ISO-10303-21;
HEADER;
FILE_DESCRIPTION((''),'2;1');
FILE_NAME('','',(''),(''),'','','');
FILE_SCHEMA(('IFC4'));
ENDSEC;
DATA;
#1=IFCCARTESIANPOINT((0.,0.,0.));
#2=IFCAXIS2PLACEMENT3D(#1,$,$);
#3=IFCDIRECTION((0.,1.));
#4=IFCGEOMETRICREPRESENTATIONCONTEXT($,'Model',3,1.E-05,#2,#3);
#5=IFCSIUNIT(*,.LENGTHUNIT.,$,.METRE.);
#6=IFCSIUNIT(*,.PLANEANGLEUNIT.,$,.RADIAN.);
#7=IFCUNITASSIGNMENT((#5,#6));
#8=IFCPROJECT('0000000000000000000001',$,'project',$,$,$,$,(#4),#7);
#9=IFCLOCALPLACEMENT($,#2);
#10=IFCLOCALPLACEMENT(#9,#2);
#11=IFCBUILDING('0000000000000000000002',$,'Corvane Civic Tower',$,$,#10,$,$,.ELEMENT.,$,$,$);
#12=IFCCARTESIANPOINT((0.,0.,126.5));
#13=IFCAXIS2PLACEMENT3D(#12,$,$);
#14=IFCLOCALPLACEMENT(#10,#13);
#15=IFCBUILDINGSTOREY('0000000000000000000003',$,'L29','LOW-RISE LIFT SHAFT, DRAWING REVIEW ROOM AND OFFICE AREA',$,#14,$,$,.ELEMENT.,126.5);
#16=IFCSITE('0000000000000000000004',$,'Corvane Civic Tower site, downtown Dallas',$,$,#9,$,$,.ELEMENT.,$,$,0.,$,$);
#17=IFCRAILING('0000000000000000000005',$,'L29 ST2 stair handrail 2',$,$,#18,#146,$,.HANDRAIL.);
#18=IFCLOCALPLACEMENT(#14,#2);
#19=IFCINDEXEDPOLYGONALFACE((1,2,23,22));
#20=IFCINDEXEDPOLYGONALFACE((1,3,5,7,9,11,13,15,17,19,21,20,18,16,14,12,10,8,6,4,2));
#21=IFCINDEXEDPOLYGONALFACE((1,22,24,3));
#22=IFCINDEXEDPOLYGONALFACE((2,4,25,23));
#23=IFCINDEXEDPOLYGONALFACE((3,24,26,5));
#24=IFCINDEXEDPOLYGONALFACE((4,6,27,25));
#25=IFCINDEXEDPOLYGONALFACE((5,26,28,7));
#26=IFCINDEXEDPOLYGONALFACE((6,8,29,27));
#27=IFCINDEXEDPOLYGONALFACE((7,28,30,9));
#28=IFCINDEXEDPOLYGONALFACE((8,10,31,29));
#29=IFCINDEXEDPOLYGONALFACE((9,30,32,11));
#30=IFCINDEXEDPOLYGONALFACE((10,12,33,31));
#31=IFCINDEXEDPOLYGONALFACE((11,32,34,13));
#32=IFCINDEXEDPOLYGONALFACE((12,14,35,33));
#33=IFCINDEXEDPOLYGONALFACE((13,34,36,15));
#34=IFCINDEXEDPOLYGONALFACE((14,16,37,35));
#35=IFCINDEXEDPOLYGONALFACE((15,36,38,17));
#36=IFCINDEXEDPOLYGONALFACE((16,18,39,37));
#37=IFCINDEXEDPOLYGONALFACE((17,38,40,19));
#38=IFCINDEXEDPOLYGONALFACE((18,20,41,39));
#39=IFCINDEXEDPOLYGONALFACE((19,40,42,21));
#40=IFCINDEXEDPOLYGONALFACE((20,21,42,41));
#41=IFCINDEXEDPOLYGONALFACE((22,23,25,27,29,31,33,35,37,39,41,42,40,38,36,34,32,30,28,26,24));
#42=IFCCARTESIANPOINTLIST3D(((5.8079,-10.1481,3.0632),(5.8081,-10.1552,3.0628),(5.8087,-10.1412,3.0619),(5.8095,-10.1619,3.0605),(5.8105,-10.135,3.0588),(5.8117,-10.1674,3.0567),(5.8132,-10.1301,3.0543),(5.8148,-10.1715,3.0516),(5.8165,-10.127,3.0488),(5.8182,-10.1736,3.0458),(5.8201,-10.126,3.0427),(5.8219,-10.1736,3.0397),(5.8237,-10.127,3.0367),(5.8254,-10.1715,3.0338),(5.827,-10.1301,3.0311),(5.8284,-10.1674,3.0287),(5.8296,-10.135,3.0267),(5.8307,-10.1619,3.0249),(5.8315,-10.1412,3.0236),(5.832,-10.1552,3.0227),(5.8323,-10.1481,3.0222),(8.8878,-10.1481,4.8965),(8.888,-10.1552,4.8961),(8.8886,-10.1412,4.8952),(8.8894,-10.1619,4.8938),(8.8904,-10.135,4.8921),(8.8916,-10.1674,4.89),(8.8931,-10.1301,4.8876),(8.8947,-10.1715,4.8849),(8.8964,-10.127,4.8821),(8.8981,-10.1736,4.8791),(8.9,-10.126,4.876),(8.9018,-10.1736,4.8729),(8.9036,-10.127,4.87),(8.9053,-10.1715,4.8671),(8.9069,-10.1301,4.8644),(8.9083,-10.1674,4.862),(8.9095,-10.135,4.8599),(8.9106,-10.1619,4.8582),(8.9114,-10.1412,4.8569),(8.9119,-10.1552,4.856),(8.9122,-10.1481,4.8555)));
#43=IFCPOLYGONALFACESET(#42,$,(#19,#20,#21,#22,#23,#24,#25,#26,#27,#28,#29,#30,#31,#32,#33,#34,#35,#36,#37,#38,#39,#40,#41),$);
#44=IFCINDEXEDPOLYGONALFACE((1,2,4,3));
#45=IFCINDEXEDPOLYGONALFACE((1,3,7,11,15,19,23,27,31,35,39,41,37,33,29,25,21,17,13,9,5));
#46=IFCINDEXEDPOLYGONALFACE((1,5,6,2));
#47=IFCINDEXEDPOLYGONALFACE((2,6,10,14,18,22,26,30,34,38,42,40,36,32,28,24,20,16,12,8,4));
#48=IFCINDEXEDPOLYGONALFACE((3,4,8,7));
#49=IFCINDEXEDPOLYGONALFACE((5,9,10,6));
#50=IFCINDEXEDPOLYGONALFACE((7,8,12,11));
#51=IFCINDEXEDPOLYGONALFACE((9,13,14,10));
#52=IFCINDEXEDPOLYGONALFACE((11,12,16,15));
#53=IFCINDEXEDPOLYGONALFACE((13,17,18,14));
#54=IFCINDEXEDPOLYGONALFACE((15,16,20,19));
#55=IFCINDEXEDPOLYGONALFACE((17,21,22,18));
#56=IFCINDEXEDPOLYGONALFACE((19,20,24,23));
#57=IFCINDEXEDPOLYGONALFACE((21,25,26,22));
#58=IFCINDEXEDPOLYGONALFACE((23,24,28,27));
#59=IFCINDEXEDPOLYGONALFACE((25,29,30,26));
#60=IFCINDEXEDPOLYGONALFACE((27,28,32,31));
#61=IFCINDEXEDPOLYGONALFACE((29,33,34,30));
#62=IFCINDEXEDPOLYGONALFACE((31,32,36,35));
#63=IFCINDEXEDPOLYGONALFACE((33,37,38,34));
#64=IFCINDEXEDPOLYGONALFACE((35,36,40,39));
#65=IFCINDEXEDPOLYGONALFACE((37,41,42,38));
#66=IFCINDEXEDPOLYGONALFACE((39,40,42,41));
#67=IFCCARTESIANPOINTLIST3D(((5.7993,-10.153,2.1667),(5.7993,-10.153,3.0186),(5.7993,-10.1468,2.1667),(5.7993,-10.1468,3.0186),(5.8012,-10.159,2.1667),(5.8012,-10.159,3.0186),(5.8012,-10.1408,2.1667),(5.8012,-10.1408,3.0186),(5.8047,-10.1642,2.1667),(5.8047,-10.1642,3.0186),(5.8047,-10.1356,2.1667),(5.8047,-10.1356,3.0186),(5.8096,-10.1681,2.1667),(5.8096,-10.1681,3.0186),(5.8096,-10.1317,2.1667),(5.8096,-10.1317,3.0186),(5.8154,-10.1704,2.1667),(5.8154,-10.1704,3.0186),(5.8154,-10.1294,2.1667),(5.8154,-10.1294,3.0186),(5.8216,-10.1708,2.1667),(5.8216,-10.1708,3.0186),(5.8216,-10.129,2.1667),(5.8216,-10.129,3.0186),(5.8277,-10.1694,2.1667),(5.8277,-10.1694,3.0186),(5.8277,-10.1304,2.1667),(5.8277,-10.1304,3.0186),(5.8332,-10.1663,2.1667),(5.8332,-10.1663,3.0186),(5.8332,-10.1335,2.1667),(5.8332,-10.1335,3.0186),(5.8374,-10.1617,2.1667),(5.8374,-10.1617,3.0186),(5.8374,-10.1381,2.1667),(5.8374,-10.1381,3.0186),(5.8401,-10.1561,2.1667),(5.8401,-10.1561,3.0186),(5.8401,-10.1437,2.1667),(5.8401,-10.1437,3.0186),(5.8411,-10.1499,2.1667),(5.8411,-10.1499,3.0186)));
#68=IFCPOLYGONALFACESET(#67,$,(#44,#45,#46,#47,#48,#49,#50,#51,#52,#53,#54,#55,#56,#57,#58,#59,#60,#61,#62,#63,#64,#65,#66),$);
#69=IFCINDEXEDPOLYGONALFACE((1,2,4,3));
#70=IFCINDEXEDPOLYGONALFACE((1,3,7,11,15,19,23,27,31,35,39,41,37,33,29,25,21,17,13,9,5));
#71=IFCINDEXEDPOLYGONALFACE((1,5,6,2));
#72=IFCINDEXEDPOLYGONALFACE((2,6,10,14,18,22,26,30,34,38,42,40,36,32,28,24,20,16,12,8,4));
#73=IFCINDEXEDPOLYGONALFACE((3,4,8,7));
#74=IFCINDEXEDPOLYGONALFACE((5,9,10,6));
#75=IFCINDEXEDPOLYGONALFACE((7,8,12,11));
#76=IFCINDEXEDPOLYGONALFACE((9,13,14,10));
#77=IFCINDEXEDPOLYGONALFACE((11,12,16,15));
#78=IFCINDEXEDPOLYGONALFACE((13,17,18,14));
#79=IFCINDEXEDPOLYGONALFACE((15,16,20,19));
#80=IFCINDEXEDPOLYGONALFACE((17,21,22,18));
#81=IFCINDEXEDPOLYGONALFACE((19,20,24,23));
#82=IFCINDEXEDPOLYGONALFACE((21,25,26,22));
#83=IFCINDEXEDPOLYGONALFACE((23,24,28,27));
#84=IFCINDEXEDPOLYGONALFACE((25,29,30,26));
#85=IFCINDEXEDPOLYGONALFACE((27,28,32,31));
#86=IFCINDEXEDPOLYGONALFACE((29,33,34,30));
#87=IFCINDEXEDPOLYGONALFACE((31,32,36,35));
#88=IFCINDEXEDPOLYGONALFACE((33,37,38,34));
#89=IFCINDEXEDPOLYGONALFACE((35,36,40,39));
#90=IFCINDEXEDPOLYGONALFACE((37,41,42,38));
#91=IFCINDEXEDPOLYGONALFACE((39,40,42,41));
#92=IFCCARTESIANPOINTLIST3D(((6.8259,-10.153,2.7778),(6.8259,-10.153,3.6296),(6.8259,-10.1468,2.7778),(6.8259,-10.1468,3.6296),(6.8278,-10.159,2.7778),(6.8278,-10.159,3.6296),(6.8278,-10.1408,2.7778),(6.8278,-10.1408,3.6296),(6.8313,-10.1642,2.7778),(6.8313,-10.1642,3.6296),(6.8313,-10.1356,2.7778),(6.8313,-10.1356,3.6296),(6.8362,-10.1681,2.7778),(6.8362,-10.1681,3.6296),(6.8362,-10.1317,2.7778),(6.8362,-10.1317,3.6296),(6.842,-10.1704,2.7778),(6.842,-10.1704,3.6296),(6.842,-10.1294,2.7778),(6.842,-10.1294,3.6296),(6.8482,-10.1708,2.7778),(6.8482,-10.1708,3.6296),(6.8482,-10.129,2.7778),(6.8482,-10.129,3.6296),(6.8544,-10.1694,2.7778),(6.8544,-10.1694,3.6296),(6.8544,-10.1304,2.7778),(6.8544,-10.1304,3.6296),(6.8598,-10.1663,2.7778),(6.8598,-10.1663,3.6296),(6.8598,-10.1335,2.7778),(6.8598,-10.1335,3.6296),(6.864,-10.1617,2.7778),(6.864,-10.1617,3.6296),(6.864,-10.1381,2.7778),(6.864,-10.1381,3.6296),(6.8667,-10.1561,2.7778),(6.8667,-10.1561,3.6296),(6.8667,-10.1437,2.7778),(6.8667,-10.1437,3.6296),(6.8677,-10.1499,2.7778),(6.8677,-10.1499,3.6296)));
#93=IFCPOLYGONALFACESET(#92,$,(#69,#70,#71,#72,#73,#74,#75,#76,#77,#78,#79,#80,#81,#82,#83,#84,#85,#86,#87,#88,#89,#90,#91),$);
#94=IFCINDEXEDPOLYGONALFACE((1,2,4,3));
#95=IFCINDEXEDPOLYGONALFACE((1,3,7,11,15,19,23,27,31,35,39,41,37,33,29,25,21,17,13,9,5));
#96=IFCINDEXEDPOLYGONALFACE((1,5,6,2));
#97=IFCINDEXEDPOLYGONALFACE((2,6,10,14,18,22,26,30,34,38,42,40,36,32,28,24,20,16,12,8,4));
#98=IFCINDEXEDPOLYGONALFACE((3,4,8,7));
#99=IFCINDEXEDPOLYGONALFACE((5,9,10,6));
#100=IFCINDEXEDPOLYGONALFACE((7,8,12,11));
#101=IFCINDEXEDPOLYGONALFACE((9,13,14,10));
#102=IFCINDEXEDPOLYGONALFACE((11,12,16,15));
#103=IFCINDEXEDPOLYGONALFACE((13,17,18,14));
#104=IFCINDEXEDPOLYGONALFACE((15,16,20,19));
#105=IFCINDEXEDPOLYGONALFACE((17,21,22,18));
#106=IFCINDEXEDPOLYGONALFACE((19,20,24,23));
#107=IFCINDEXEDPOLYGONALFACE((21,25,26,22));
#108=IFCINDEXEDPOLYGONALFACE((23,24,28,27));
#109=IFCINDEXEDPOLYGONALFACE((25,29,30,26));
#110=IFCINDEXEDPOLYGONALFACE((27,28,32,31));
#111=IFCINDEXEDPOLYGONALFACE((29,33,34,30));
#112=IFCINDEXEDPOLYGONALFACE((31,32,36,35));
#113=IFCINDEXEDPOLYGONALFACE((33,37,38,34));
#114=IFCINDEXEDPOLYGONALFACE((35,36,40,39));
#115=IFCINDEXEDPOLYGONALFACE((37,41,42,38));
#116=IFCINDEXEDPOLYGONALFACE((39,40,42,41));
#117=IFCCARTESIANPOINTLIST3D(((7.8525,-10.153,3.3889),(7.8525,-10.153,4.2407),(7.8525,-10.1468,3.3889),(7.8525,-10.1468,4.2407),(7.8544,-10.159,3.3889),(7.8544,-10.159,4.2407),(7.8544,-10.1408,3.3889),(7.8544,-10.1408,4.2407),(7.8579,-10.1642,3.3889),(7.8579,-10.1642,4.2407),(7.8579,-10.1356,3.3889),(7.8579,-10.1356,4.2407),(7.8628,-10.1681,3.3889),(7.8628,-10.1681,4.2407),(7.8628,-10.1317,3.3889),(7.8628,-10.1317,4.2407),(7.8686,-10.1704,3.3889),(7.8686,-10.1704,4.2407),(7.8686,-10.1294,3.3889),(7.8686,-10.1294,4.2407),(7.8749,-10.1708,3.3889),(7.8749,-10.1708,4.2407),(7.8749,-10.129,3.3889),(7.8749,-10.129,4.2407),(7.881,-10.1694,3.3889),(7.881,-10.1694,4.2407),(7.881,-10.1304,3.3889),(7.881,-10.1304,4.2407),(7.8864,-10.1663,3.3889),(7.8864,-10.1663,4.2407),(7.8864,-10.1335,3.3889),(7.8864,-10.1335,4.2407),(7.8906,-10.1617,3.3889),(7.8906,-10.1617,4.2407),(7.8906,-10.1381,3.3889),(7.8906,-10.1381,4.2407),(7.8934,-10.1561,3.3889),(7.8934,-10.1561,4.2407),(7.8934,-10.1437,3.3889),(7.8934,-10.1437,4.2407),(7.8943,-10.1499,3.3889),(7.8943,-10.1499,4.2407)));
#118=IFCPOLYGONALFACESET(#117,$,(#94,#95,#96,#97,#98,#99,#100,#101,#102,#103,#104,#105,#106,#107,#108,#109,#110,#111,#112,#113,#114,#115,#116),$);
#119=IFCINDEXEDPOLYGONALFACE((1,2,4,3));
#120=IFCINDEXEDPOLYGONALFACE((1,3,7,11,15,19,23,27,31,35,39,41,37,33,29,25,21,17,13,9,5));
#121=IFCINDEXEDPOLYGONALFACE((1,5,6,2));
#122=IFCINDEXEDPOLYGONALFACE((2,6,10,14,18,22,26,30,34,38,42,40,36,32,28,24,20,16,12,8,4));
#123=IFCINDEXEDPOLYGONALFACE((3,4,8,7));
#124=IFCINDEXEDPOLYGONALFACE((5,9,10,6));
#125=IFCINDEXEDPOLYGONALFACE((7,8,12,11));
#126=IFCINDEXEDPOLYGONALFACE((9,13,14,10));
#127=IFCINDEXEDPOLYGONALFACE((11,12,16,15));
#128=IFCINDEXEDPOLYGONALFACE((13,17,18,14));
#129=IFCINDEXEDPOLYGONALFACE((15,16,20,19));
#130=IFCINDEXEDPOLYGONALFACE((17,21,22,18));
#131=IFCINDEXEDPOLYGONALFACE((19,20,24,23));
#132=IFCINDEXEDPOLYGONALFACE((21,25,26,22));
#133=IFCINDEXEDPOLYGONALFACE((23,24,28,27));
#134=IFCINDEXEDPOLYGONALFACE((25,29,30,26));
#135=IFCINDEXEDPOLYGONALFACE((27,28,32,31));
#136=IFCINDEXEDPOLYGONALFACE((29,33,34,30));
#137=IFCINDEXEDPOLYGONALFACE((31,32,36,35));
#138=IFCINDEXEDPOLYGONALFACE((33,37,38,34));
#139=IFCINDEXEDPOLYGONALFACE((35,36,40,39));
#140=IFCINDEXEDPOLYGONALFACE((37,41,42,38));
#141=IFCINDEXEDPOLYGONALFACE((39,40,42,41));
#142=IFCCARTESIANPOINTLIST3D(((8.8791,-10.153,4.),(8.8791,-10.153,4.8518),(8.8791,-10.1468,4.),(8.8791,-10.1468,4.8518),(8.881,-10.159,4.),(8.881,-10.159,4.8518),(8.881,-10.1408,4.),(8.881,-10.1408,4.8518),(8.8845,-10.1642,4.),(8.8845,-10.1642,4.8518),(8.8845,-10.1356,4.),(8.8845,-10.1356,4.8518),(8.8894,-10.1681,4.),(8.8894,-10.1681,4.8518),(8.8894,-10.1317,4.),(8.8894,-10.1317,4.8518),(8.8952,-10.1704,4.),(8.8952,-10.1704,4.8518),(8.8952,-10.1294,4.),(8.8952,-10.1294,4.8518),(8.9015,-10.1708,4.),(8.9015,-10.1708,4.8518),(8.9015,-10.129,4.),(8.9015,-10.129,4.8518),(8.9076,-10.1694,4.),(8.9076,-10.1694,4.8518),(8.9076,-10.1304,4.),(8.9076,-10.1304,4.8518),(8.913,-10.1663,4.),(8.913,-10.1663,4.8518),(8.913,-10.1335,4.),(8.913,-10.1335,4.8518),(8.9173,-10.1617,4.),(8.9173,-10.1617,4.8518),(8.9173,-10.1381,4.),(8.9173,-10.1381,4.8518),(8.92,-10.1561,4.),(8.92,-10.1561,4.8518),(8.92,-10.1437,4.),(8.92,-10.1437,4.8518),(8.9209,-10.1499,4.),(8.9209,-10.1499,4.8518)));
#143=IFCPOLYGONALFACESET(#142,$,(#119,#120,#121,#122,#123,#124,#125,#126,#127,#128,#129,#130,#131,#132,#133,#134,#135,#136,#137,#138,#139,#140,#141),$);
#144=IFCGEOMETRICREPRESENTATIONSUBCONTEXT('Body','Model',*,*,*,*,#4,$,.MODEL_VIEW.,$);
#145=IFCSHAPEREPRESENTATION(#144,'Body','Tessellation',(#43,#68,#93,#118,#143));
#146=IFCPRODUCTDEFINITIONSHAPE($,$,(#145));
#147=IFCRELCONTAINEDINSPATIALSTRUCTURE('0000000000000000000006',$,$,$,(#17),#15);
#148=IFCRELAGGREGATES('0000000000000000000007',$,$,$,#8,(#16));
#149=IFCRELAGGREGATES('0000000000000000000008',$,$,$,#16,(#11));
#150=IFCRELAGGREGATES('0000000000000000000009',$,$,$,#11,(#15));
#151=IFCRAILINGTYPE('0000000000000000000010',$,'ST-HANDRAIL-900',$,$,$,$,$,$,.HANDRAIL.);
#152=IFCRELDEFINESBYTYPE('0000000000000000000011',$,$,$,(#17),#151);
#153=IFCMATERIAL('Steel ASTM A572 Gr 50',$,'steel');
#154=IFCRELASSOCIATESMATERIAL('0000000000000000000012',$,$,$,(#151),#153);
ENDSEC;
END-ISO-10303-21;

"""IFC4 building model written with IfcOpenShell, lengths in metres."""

from ifc_helpers import new_model, si_unit, direction, frame, origin, origin_2d, place, context, subcontext, project, spatial, circle, extrude, material, type_object, element, save


model = new_model("IFC4")

# Units and contexts
model_context = context("Model", 3, precision=1e-05, world=origin(), true_north=direction((0.0, 1.0)))
body_context = subcontext(model_context, "Body", "Model", "MODEL_VIEW")
ifc_project = project(units=[si_unit("LENGTHUNIT", "METRE"), si_unit("PLANEANGLEUNIT", "RADIAN")], contexts=[model_context])

# Site, building, storey
site_placement = place(None, origin())
site = spatial("IfcSite", under=ifc_project, at=site_placement, Name="Corvane Civic Tower site, downtown Dallas", CompositionType="ELEMENT", RefElevation=0.0)
building_placement = place(site_placement, origin())
building = spatial("IfcBuilding", under=site, at=building_placement, Name="Corvane Civic Tower", CompositionType="ELEMENT")
storey_placement = place(building_placement, frame((0.0, 0.0, 126.5)))
storey = spatial("IfcBuildingStorey", under=building, at=storey_placement, Name="L29", Description="LOW-RISE LIFT SHAFT, DRAWING REVIEW ROOM AND OFFICE AREA", CompositionType="ELEMENT", Elevation=126.5)

# Railing
ifc_material_1 = material(Name="Steel ASTM A572 Gr 50", Category="steel")
railing_type_1 = type_object("IfcRailingType", Name="ST-HANDRAIL-900", PredefinedType="HANDRAIL", material=ifc_material_1)
railing_1_placement = place(storey_placement, frame((5.8201, -10.1499, 2.1667)))
element("IfcRailing", 1, at=railing_1_placement, inside=storey, type_object=railing_type_1, Name="L29 ST2 stair handrail 2", PredefinedType="HANDRAIL", context=body_context, shape_type="SweptSolid", body=[
    extrude(circle(Radius=0.0239, at=origin_2d()), frame((0.0, 0.0, 0.876), z_axis=(0.859291, 0.0, 0.511487), x_axis=(0.0, 1.0, 0.0)), (0.0, 0.0, 1.0), 3.5842),
    extrude(circle(Radius=0.021, at=origin_2d()), origin(), (0.0, 0.0, 1.0), 0.8518),
    extrude(circle(Radius=0.021, at=origin_2d()), frame((1.0266, 0.0, 0.6111)), (0.0, 0.0, 1.0), 0.8518),
    extrude(circle(Radius=0.021, at=origin_2d()), frame((2.0532, 0.0, 1.2222)), (0.0, 0.0, 1.0), 0.8518),
    extrude(circle(Radius=0.021, at=origin_2d()), frame((3.0798, 0.0, 1.8333)), (0.0, 0.0, 1.0), 0.8518),
])

save(model, "model.ifc")
